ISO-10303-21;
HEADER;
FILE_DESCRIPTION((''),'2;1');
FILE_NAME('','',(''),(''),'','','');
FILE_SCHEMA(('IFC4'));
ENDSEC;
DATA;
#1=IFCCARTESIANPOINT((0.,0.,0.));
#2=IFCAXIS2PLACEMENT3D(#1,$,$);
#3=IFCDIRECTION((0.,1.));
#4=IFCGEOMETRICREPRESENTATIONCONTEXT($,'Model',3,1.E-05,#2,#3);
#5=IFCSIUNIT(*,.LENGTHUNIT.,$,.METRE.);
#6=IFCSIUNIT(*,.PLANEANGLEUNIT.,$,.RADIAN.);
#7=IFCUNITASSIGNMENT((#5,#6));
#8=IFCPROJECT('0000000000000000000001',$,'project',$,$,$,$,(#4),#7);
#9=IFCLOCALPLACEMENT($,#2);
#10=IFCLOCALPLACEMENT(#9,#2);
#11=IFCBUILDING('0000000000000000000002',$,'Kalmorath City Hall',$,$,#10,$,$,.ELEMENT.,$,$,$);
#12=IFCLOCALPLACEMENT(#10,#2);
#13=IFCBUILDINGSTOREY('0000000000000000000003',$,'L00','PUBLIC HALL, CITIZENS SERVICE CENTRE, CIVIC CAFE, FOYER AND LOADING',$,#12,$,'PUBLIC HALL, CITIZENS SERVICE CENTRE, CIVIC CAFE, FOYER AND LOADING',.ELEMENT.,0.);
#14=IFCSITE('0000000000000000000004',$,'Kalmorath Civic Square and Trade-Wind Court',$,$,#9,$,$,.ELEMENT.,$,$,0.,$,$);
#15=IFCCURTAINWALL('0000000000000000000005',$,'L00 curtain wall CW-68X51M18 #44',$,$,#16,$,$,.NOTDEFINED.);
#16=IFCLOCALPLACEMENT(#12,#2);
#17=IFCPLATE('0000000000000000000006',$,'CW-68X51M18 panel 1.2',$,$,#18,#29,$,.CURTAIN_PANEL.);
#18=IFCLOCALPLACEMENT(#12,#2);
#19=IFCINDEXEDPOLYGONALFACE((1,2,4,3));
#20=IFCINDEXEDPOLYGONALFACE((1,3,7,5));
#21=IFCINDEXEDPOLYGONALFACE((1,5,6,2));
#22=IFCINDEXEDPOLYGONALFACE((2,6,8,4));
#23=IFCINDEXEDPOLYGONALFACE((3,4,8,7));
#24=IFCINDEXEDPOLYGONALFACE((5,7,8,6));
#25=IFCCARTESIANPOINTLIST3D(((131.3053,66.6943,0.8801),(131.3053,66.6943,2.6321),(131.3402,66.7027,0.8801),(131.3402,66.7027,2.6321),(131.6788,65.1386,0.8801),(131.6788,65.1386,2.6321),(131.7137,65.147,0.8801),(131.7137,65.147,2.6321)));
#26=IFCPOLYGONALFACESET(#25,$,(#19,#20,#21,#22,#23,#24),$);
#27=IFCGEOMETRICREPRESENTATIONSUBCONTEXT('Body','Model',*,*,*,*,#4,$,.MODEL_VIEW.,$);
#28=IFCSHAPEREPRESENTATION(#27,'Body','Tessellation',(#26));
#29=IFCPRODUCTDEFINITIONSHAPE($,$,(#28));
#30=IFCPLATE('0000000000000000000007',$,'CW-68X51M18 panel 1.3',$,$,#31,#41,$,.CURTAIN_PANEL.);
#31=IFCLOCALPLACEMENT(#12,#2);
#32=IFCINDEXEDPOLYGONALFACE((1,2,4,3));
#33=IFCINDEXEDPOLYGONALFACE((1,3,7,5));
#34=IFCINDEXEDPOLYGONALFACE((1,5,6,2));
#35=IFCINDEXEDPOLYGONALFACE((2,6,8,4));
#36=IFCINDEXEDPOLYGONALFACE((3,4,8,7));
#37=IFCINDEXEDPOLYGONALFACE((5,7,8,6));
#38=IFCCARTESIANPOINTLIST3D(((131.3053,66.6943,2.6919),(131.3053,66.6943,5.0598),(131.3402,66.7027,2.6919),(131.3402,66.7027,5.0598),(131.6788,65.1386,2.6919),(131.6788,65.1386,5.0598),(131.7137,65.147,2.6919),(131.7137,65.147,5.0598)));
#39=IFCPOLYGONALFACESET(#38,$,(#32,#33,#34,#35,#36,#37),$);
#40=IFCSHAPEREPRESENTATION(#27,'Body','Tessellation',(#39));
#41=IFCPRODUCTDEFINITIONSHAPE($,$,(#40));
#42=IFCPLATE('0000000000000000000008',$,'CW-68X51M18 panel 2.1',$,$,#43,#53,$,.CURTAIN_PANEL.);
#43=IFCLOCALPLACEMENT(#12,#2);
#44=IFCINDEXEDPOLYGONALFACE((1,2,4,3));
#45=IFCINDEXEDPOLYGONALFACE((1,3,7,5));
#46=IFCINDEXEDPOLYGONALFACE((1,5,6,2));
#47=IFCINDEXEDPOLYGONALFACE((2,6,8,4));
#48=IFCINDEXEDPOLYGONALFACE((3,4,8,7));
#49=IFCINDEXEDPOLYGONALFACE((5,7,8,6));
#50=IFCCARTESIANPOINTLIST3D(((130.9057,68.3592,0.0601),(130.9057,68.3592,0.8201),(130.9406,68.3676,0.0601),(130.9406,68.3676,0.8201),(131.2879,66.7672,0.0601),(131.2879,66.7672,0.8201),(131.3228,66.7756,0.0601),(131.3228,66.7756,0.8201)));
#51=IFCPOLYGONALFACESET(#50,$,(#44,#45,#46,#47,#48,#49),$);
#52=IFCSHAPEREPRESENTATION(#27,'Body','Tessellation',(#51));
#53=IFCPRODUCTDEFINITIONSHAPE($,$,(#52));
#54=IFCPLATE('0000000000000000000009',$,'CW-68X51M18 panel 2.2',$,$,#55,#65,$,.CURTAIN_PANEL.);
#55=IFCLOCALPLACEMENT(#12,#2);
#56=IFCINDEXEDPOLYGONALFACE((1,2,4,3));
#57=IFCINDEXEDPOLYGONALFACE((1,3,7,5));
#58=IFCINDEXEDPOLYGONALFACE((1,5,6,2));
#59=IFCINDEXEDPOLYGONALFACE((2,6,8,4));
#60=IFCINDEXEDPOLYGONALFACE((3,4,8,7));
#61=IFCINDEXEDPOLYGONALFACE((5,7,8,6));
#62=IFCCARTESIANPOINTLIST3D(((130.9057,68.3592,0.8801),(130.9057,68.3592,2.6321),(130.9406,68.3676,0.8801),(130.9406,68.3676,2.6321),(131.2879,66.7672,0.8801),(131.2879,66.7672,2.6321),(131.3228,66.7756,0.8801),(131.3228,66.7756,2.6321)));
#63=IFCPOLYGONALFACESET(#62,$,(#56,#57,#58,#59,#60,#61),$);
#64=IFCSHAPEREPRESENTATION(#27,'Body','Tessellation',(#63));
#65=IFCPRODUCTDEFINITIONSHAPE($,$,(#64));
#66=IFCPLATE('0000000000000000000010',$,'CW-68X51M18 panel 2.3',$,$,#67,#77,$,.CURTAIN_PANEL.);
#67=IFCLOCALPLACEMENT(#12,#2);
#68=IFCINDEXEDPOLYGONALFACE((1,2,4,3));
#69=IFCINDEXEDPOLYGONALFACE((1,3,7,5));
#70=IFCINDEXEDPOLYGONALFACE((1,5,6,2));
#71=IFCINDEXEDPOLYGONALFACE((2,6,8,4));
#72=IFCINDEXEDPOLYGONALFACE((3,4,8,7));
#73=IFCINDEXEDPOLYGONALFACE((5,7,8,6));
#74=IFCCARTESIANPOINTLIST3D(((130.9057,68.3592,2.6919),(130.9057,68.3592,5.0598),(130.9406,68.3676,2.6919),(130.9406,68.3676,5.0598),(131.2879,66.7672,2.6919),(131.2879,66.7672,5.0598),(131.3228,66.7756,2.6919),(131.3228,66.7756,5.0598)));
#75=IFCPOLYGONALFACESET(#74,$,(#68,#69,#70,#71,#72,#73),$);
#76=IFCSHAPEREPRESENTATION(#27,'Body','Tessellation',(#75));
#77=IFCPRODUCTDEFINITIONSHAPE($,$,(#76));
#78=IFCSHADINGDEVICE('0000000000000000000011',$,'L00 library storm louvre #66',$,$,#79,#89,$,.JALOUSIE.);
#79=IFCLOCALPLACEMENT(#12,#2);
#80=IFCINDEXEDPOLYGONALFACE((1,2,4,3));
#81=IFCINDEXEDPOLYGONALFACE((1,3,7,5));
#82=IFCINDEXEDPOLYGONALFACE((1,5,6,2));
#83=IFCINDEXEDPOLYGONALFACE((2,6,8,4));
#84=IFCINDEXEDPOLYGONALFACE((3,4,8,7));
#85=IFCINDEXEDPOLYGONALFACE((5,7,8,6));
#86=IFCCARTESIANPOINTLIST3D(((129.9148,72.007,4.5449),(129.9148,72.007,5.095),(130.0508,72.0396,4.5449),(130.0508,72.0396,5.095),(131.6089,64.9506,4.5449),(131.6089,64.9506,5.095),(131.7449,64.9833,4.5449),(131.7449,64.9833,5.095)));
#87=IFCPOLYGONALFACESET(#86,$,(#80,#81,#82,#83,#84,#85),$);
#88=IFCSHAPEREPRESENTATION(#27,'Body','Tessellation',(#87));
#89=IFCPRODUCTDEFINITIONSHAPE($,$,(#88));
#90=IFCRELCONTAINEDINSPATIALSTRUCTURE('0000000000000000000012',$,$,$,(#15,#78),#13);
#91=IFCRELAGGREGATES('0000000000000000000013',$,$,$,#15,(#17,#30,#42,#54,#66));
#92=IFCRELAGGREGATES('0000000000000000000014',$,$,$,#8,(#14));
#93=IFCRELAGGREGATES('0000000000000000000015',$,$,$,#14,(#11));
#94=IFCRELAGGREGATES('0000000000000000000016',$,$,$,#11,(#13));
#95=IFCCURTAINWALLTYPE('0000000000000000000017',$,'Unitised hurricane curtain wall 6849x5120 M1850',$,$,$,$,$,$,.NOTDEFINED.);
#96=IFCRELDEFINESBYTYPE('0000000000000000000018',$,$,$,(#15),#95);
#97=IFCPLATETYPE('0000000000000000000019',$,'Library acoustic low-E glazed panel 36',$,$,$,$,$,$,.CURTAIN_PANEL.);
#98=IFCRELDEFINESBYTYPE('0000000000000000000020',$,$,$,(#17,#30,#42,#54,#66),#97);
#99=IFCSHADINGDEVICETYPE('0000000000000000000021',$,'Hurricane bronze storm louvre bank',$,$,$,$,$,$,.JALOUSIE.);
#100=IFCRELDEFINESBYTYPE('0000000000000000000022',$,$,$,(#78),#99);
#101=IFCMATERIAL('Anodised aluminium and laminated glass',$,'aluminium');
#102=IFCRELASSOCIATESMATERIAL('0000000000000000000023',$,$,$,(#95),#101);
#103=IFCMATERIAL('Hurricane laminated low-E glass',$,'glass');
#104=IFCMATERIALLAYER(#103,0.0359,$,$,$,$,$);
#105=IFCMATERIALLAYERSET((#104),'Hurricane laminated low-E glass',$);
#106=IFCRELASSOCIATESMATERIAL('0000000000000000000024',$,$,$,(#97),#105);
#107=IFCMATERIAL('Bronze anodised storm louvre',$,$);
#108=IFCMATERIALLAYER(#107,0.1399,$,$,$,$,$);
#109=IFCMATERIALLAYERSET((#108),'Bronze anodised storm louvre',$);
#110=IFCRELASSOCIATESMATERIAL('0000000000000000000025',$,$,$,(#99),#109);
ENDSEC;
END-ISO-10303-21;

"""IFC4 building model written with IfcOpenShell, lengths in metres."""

from ifc_helpers import new_model, si_unit, direction, frame, origin, origin_2d, place, context, subcontext, project, spatial, rectangle, extrude, material, layer, layer_set, type_object, element, aggregate, save


model = new_model("IFC4")

# Units and contexts
model_context = context("Model", 3, precision=1e-05, world=origin(), true_north=direction((0.0, 1.0)))
body_context = subcontext(model_context, "Body", "Model", "MODEL_VIEW")
ifc_project = project(units=[si_unit("LENGTHUNIT", "METRE"), si_unit("PLANEANGLEUNIT", "RADIAN")], contexts=[model_context])

# Site, building, storey
site_placement = place(None, origin())
site = spatial("IfcSite", under=ifc_project, at=site_placement, Name="Kalmorath Civic Square and Trade-Wind Court", CompositionType="ELEMENT", RefElevation=0.0)
building_placement = place(site_placement, origin())
building = spatial("IfcBuilding", under=site, at=building_placement, Name="Kalmorath City Hall", CompositionType="ELEMENT")
storey_placement = place(building_placement, origin())
storey = spatial("IfcBuildingStorey", under=building, at=storey_placement, Name="L00", Description="PUBLIC HALL, CITIZENS SERVICE CENTRE, CIVIC CAFE, FOYER AND LOADING", LongName="PUBLIC HALL, CITIZENS SERVICE CENTRE, CIVIC CAFE, FOYER AND LOADING", CompositionType="ELEMENT", Elevation=0.0)

# Curtain wall
ifc_material_1 = material(Name="Anodised aluminium and laminated glass", Category="aluminium")
curtain_wall_type = type_object("IfcCurtainWallType", Name="Unitised hurricane curtain wall 6849x5120 M1850", PredefinedType="NOTDEFINED", material=ifc_material_1)
curtain_wall_1_placement = place(storey_placement, origin())
curtain_wall_1 = element("IfcCurtainWall", 1, at=curtain_wall_1_placement, inside=storey, type_object=curtain_wall_type, Name="L00 curtain wall CW-68X51M18 #44", PredefinedType="NOTDEFINED")

# Plates
ifc_material_2 = material(Name="Hurricane laminated low-E glass", Category="glass")
ifc_layer_1 = layer(ifc_material_2, 0.0359)
ifc_layer_set_1 = layer_set([ifc_layer_1], Name="Hurricane laminated low-E glass")
plate_type = type_object("IfcPlateType", Name="Library acoustic low-E glazed panel 36", PredefinedType="CURTAIN_PANEL", material=ifc_layer_set_1)
plate_1_placement = place(storey_placement, frame((131.5095, 65.9207, 0.8801), z_axis=(0.0, 0.0, 1.0), x_axis=(-0.233442, 0.972371, 0.0)))
plate_1 = element("IfcPlate", 2, at=plate_1_placement, type_object=plate_type, Name="CW-68X51M18 panel 1.2", PredefinedType="CURTAIN_PANEL", context=body_context, shape_type="SweptSolid", body=[
    extrude(rectangle(XDim=1.5999, YDim=0.0359, at=origin_2d()), origin(), (0.0, 0.0, 1.0), 1.752),
])
plate_2_placement = place(storey_placement, frame((131.5095, 65.9207, 2.6919), z_axis=(0.0, 0.0, 1.0), x_axis=(-0.233442, 0.972371, 0.0)))
plate_2 = element("IfcPlate", 3, at=plate_2_placement, type_object=plate_type, Name="CW-68X51M18 panel 1.3", PredefinedType="CURTAIN_PANEL", context=body_context, shape_type="SweptSolid", body=[
    extrude(rectangle(XDim=1.5999, YDim=0.0359, at=origin_2d()), origin(), (0.0, 0.0, 1.0), 2.3679),
])
plate_3_placement = place(storey_placement, frame((131.1143, 67.5674, 0.0601), z_axis=(0.0, 0.0, 1.0), x_axis=(-0.233442, 0.972371, 0.0)))
plate_3 = element("IfcPlate", 4, at=plate_3_placement, type_object=plate_type, Name="CW-68X51M18 panel 2.1", PredefinedType="CURTAIN_PANEL", context=body_context, shape_type="SweptSolid", body=[
    extrude(rectangle(XDim=1.6372, YDim=0.0359, at=origin_2d()), origin(), (0.0, 0.0, 1.0), 0.76),
])
plate_4_placement = place(storey_placement, frame((131.1143, 67.5674, 0.8801), z_axis=(0.0, 0.0, 1.0), x_axis=(-0.233442, 0.972371, 0.0)))
plate_4 = element("IfcPlate", 5, at=plate_4_placement, type_object=plate_type, Name="CW-68X51M18 panel 2.2", PredefinedType="CURTAIN_PANEL", context=body_context, shape_type="SweptSolid", body=[
    extrude(rectangle(XDim=1.6372, YDim=0.0359, at=origin_2d()), origin(), (0.0, 0.0, 1.0), 1.752),
])
plate_5_placement = place(storey_placement, frame((131.1143, 67.5674, 2.6919), z_axis=(0.0, 0.0, 1.0), x_axis=(-0.233442, 0.972371, 0.0)))
plate_5 = element("IfcPlate", 6, at=plate_5_placement, type_object=plate_type, Name="CW-68X51M18 panel 2.3", PredefinedType="CURTAIN_PANEL", context=body_context, shape_type="SweptSolid", body=[
    extrude(rectangle(XDim=1.6372, YDim=0.0359, at=origin_2d()), origin(), (0.0, 0.0, 1.0), 2.3679),
])
aggregate(curtain_wall_1, [plate_1, plate_2, plate_3, plate_4, plate_5])

# Shading device
ifc_material_3 = material(Name="Bronze anodised storm louvre")
ifc_layer_2 = layer(ifc_material_3, 0.1399)
ifc_layer_set_2 = layer_set([ifc_layer_2], Name="Bronze anodised storm louvre")
shading_device_type = type_object("IfcShadingDeviceType", Name="Hurricane bronze storm louvre bank", PredefinedType="JALOUSIE", material=ifc_layer_set_2)
shading_device_placement = place(storey_placement, frame((130.8298, 68.4951, 4.5449), z_axis=(0.0, 0.0, 1.0), x_axis=(-0.233445, 0.97237, 0.0)))
element("IfcShadingDevice", 7, at=shading_device_placement, inside=storey, type_object=shading_device_type, Name="L00 library storm louvre #66", PredefinedType="JALOUSIE", context=body_context, shape_type="SweptSolid", body=[
    extrude(rectangle(XDim=7.2568, YDim=0.1399, at=origin_2d()), origin(), (0.0, 0.0, 1.0), 0.55),
])

save(model, "model.ifc")
